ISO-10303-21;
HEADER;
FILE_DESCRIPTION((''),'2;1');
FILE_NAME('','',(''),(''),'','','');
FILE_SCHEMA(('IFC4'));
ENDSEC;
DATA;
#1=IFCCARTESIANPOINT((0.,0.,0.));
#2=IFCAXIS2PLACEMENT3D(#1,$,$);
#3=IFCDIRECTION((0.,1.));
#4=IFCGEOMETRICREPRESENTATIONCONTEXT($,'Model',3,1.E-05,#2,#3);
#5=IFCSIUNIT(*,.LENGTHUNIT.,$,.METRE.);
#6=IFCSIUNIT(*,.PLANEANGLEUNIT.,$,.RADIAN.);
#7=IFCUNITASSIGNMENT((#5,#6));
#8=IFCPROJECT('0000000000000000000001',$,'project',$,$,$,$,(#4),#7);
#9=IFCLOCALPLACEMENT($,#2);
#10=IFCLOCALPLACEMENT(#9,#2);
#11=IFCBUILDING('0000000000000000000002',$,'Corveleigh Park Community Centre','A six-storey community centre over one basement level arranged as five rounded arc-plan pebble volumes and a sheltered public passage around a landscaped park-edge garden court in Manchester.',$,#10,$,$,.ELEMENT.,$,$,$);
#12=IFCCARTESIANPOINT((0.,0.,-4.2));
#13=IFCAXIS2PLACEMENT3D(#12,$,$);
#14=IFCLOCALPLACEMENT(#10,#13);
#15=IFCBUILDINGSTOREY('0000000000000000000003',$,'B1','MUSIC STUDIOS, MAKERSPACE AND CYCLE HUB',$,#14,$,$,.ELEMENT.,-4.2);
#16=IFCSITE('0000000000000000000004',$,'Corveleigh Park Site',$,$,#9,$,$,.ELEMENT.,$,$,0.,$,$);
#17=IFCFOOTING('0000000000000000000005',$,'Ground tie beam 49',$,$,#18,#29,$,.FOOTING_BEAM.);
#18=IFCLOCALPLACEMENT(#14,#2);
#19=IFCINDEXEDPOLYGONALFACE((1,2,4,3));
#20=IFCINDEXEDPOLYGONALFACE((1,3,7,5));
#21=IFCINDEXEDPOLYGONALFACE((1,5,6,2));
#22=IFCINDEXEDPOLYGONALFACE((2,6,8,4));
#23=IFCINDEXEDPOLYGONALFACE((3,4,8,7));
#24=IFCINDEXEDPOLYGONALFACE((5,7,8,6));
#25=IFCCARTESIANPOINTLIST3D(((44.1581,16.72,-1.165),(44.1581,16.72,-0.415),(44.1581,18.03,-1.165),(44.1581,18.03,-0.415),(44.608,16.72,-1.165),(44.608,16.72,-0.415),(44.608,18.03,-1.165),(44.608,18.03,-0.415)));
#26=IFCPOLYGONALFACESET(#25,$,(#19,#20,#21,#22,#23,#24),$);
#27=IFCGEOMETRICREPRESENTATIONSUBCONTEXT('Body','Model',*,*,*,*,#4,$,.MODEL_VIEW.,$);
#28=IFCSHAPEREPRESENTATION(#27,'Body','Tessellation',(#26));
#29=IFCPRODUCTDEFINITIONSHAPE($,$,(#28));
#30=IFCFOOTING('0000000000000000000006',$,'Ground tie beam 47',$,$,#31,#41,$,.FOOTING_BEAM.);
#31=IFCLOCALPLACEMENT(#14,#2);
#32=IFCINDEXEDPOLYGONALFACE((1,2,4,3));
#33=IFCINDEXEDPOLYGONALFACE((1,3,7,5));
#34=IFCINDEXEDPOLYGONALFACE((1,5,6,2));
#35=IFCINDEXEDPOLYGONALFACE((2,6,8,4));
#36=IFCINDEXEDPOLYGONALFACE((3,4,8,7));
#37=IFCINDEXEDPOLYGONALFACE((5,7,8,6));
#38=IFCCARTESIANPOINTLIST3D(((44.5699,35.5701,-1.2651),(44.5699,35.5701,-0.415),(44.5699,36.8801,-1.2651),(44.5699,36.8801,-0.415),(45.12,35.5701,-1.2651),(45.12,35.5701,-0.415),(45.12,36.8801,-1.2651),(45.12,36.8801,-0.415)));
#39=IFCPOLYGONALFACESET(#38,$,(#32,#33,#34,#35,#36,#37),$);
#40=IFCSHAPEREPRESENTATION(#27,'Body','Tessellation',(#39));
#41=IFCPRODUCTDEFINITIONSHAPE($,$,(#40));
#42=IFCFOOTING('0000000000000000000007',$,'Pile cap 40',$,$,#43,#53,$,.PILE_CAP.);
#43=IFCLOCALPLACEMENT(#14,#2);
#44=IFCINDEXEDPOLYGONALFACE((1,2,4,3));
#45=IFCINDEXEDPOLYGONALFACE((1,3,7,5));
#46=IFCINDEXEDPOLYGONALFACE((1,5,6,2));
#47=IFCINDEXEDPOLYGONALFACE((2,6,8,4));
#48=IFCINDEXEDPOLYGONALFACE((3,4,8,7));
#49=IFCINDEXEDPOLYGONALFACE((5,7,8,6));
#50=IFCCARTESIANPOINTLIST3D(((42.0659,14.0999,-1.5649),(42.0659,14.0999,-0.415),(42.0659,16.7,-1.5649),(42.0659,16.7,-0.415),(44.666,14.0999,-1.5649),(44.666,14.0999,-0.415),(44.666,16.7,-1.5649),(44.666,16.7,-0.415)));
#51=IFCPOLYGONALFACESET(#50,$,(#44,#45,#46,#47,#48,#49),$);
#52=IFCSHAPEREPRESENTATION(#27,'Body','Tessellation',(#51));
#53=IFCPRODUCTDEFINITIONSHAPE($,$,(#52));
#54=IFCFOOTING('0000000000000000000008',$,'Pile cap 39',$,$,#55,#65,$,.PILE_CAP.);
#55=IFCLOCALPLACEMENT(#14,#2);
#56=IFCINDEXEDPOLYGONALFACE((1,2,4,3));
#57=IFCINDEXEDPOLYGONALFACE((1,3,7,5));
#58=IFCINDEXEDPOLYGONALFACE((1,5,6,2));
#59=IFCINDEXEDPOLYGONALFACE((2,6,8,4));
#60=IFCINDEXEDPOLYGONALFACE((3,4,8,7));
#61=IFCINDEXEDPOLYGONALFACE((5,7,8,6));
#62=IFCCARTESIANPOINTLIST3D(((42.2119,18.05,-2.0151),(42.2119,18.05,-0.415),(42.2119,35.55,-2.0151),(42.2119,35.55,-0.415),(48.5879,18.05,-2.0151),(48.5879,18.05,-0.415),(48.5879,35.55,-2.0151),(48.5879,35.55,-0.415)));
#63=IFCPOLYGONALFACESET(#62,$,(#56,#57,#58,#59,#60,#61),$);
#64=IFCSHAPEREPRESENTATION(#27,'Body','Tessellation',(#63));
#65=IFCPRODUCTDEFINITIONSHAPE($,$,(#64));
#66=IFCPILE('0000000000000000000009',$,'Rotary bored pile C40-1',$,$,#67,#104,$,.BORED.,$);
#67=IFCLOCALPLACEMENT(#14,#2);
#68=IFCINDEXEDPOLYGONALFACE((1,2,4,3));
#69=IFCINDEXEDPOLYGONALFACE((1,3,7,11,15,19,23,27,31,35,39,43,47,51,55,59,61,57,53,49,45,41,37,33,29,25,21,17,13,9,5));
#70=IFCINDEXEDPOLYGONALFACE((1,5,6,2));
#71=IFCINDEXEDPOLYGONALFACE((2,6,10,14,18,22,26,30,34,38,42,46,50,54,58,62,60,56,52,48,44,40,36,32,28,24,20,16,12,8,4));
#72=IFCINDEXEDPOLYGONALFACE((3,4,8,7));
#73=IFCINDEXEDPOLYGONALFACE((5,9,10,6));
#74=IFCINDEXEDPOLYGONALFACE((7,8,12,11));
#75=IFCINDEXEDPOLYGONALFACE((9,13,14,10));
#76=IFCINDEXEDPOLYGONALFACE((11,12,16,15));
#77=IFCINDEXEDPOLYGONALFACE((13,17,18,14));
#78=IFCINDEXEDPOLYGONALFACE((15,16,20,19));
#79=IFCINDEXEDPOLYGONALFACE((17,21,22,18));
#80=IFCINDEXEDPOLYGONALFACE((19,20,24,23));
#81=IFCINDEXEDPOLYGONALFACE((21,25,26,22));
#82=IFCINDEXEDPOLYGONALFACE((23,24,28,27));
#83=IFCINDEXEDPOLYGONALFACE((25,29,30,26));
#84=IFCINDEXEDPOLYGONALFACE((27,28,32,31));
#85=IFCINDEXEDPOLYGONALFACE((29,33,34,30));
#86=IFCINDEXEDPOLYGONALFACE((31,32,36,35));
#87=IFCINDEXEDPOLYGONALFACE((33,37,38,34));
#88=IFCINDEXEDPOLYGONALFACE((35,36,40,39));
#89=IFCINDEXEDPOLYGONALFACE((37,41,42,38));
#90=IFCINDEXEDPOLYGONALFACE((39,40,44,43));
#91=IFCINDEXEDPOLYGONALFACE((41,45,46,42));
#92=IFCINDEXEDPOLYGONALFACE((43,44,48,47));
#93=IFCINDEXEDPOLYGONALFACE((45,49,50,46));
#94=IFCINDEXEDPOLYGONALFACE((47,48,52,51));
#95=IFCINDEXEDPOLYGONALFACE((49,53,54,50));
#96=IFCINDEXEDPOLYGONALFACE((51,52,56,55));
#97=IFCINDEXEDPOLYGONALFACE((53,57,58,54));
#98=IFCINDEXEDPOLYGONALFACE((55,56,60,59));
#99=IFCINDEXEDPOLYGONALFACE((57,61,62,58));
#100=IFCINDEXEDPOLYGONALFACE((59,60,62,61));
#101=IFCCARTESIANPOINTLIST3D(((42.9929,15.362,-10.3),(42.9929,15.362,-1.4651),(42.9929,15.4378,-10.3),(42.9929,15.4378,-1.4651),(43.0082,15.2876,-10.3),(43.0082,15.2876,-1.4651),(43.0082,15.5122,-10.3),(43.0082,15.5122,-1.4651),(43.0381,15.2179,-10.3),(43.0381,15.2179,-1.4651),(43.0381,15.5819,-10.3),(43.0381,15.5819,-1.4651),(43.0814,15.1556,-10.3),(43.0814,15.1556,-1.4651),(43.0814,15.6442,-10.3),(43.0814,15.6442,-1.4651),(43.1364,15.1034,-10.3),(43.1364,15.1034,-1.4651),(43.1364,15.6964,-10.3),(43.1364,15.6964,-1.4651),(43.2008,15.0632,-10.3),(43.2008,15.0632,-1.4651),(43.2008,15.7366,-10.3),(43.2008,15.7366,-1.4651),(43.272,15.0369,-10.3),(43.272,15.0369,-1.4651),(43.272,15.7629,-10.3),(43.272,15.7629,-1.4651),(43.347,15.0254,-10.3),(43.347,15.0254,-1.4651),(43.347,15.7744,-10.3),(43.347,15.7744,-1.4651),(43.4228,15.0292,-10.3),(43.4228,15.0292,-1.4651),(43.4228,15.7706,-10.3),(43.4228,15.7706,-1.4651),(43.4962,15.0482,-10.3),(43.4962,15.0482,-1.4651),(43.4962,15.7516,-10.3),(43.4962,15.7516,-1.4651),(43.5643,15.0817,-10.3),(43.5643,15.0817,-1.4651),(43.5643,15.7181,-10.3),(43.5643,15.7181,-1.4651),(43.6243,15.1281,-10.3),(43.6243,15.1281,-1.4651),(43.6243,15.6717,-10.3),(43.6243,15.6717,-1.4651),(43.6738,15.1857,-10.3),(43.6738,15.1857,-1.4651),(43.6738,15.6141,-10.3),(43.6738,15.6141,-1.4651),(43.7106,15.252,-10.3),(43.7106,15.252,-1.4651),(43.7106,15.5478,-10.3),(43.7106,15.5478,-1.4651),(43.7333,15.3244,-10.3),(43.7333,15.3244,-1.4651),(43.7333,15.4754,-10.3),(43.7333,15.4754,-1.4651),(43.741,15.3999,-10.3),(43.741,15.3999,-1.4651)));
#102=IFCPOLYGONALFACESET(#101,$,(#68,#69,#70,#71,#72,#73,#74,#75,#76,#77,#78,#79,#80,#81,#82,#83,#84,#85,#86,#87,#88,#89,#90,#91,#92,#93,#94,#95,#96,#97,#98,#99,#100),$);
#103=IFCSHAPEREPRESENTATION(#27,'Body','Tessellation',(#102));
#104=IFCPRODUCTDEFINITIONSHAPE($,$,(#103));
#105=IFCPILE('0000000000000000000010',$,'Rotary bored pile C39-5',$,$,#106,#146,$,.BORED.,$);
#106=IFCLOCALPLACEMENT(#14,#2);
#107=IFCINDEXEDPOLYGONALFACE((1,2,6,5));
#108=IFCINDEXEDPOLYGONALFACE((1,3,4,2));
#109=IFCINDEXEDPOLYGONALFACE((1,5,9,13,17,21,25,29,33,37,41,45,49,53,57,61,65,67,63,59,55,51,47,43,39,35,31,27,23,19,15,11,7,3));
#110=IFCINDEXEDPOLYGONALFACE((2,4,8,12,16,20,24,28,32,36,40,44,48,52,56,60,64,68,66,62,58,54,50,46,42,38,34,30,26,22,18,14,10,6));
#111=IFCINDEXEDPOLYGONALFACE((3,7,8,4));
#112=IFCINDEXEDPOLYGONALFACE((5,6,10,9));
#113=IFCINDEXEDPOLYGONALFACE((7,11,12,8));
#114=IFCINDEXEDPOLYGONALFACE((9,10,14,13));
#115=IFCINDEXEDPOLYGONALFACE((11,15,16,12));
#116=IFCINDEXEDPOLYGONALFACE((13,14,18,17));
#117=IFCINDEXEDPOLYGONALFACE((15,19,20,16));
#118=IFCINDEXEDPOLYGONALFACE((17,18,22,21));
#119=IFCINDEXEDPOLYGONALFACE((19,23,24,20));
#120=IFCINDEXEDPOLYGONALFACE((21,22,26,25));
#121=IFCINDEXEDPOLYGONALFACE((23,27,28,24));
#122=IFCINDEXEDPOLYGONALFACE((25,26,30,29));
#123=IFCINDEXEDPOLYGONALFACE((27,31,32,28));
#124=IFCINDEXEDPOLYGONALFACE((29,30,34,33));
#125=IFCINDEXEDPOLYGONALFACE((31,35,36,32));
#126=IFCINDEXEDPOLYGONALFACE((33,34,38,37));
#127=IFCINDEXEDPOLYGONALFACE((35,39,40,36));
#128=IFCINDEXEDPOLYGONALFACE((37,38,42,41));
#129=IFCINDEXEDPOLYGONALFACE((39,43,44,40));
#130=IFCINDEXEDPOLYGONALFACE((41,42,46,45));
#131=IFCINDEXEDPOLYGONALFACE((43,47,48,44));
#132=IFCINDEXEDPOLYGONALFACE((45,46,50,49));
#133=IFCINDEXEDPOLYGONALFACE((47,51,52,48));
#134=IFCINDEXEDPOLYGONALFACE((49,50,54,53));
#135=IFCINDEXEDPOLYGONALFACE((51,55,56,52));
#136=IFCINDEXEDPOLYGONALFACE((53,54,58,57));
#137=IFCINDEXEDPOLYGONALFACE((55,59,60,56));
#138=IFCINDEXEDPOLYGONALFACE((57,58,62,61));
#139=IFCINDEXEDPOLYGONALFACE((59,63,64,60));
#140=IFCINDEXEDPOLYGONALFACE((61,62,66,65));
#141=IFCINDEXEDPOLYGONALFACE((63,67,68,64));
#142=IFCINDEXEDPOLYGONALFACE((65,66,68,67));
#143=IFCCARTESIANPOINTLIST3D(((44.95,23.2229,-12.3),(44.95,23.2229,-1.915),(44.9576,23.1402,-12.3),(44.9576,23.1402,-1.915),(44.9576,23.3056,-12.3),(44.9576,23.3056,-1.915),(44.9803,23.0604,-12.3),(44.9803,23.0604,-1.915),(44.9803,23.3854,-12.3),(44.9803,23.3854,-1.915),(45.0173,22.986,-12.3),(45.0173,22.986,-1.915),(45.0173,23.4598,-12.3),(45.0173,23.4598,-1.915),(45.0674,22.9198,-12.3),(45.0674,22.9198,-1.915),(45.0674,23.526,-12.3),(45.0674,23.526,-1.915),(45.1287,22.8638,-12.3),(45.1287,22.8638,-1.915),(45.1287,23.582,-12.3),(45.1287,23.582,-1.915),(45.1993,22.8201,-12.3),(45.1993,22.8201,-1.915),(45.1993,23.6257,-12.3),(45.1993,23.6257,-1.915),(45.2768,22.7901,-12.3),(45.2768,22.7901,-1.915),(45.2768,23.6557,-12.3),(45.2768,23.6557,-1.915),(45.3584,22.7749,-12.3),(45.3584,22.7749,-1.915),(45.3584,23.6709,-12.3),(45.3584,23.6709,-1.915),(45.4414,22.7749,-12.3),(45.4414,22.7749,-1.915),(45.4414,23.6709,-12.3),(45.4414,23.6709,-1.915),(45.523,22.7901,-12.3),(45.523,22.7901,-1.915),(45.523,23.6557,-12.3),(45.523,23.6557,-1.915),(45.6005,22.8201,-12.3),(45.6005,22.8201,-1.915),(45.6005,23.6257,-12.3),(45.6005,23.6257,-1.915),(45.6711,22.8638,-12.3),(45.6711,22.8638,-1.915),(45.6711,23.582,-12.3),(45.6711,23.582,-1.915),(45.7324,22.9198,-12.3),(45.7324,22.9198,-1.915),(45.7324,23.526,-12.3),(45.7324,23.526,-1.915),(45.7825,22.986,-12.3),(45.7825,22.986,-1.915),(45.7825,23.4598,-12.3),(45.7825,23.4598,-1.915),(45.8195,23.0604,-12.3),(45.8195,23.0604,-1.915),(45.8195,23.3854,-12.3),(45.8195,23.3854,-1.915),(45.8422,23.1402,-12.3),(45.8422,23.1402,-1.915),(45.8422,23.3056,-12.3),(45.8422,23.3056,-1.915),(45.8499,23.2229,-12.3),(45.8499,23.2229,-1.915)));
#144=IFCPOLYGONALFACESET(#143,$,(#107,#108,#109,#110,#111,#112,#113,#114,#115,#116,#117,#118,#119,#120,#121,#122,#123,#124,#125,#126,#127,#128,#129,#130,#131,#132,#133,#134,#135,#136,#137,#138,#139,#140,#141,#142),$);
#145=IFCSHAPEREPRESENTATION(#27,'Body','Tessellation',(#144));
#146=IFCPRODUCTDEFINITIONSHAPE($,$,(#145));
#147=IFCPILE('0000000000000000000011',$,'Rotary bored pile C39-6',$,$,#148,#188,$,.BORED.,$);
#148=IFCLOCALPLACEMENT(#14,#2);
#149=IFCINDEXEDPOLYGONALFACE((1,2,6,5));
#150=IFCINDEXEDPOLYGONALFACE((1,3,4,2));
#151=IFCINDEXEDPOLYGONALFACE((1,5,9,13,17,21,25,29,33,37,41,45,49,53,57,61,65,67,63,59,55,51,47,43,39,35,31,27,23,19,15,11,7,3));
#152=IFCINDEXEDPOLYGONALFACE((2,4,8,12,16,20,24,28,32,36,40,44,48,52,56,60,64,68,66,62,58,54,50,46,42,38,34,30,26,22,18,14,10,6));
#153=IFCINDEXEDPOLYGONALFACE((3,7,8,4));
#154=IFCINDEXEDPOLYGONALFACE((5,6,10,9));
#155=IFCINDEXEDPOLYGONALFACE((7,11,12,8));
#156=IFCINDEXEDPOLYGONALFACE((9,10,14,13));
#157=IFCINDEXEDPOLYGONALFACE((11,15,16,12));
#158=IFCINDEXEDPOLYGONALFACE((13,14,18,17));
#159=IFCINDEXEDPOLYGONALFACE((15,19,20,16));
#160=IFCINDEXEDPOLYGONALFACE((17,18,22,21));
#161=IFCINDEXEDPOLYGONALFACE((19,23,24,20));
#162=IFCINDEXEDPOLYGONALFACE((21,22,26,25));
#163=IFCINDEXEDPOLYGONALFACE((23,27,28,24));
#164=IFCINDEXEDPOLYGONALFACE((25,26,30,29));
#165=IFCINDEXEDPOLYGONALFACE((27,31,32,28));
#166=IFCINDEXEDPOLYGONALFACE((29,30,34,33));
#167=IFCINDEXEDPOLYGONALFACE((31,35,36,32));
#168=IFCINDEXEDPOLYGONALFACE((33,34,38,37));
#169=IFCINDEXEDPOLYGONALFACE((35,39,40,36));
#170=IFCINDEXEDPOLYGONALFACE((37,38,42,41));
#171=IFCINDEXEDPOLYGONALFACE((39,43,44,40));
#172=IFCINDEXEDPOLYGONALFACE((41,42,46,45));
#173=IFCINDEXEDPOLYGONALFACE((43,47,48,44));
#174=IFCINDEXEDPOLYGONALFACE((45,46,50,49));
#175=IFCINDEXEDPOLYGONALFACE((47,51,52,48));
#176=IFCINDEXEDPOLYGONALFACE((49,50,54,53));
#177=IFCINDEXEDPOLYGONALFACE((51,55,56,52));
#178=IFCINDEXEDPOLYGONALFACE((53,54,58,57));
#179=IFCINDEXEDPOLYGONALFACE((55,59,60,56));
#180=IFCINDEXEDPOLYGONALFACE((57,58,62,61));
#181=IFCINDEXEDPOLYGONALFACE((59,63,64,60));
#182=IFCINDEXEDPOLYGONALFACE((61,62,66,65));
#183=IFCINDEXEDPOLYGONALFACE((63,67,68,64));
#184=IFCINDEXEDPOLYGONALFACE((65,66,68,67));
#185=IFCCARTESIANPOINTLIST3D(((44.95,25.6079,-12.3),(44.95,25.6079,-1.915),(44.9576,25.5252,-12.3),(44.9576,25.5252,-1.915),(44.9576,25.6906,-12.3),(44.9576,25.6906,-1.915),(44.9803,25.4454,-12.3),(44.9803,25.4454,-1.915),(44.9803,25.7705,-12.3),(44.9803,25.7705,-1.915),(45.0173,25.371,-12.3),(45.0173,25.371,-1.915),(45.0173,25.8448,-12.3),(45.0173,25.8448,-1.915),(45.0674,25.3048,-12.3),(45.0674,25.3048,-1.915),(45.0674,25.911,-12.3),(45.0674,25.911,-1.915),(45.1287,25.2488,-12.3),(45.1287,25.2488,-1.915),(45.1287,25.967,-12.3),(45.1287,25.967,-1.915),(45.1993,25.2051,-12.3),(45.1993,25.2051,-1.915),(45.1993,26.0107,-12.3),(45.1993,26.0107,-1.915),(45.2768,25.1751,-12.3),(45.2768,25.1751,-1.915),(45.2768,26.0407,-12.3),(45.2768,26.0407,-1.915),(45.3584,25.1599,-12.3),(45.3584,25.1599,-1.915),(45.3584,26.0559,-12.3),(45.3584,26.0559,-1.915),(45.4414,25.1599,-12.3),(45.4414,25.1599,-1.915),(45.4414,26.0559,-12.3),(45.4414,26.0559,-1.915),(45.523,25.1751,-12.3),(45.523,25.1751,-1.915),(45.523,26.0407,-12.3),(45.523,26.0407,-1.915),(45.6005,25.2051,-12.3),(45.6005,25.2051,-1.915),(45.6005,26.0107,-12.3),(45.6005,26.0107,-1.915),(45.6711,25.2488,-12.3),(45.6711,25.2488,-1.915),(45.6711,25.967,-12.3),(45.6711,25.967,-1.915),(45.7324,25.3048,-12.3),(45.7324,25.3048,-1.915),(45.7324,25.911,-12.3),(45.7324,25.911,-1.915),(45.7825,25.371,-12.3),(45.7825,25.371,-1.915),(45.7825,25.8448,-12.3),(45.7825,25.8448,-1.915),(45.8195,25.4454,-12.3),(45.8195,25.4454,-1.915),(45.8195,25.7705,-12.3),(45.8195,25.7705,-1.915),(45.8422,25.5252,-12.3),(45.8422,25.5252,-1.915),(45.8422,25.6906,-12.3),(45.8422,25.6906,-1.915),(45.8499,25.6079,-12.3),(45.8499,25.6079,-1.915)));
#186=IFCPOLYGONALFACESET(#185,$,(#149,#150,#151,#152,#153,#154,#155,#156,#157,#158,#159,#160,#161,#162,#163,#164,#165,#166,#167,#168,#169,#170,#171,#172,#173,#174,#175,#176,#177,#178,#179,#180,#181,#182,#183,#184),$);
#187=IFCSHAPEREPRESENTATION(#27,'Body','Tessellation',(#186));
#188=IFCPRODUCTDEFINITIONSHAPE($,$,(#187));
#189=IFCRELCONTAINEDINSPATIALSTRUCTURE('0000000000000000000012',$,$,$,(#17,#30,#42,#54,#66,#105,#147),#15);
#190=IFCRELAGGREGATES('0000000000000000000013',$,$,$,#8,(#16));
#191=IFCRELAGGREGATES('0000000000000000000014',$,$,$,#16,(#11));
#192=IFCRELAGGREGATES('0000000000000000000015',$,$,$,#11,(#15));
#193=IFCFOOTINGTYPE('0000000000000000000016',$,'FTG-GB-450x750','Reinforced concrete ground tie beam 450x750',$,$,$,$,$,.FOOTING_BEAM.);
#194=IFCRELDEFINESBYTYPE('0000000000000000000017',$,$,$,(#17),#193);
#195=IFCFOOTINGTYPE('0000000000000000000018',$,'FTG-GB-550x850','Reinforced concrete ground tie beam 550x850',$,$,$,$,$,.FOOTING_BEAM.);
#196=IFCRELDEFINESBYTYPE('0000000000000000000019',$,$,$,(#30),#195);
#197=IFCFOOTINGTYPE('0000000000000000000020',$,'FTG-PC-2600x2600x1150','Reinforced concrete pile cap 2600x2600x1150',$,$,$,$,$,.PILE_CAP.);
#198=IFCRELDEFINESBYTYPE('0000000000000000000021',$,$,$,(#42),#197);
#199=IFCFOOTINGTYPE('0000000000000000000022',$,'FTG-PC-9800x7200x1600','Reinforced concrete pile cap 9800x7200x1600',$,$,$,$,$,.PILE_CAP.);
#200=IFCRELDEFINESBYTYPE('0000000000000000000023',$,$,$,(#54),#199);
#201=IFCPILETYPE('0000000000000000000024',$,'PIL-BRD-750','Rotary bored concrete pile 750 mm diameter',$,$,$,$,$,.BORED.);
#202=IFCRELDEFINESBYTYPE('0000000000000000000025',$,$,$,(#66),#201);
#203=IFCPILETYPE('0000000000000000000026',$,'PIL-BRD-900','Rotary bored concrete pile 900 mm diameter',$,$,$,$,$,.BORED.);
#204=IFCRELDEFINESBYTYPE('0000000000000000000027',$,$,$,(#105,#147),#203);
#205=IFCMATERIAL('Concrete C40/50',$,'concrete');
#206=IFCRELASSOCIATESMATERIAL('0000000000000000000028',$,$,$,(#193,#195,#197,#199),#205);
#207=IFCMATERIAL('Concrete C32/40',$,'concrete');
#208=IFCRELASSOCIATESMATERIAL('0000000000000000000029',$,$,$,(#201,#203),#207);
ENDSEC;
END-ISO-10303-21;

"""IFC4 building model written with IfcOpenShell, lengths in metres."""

from ifc_helpers import new_model, si_unit, direction, frame, origin, origin_2d, place, context, subcontext, project, spatial, rectangle, circle, extrude, material, material_profile, profile_set, type_object, element, save


model = new_model("IFC4")

# Units and contexts
model_context = context("Model", 3, precision=1e-05, world=origin(), true_north=direction((0.0, 1.0)))
body_context = subcontext(model_context, "Body", "Model", "MODEL_VIEW")
ifc_project = project(units=[si_unit("LENGTHUNIT", "METRE"), si_unit("PLANEANGLEUNIT", "RADIAN")], contexts=[model_context])

# Site, building, storey
site_placement = place(None, origin())
site = spatial("IfcSite", under=ifc_project, at=site_placement, Name="Corveleigh Park Site", CompositionType="ELEMENT", RefElevation=0.0)
building_placement = place(site_placement, origin())
building = spatial("IfcBuilding", under=site, at=building_placement, Name="Corveleigh Park Community Centre", Description="A six-storey community centre over one basement level arranged as five rounded arc-plan pebble volumes and a sheltered public passage around a landscaped park-edge garden court in Manchester.", CompositionType="ELEMENT")
storey_placement = place(building_placement, frame((0.0, 0.0, -4.2)))
storey = spatial("IfcBuildingStorey", under=building, at=storey_placement, Name="B1", Description="MUSIC STUDIOS, MAKERSPACE AND CYCLE HUB", CompositionType="ELEMENT", Elevation=-4.2)

# Footings
ifc_material_1 = material(Name="Concrete C40/50", Category="concrete")
footing_type_1 = type_object("IfcFootingType", Name="FTG-GB-450x750", Description="Reinforced concrete ground tie beam 450x750", PredefinedType="FOOTING_BEAM", material=ifc_material_1)
footing_1_placement = place(storey_placement, frame((44.3831, 17.375, -1.165), z_axis=(0.0, 0.0, 1.0), x_axis=(1.0, 0.0, 0.0)))
element("IfcFooting", 1, at=footing_1_placement, inside=storey, type_object=footing_type_1, Name="Ground tie beam 49", PredefinedType="FOOTING_BEAM", context=body_context, shape_type="SweptSolid", body=[
    extrude(rectangle(XDim=0.45, YDim=1.3101, at=origin_2d()), origin(), (0.0, 0.0, 1.0), 0.75),
])
footing_type_2 = type_object("IfcFootingType", Name="FTG-GB-550x850", Description="Reinforced concrete ground tie beam 550x850", PredefinedType="FOOTING_BEAM", material=ifc_material_1)
footing_2_placement = place(storey_placement, frame((44.845, 36.2251, -1.2651), z_axis=(0.0, 0.0, 1.0), x_axis=(1.0, 0.0, 0.0)))
element("IfcFooting", 2, at=footing_2_placement, inside=storey, type_object=footing_type_2, Name="Ground tie beam 47", PredefinedType="FOOTING_BEAM", context=body_context, shape_type="SweptSolid", body=[
    extrude(rectangle(XDim=0.55, YDim=1.3101, at=origin_2d()), origin(), (0.0, 0.0, 1.0), 0.8501),
])
footing_type_3 = type_object("IfcFootingType", Name="FTG-PC-2600x2600x1150", Description="Reinforced concrete pile cap 2600x2600x1150", PredefinedType="PILE_CAP", material=ifc_material_1)
footing_3_placement = place(storey_placement, frame((43.366, 15.3999, -1.5649), z_axis=(0.0, 0.0, 1.0), x_axis=(1.0, 0.0, 0.0)))
element("IfcFooting", 3, at=footing_3_placement, inside=storey, type_object=footing_type_3, Name="Pile cap 40", PredefinedType="PILE_CAP", context=body_context, shape_type="SweptSolid", body=[
    extrude(rectangle(XDim=2.6001, YDim=2.6001, at=origin_2d()), origin(), (0.0, 0.0, 1.0), 1.1499),
])
footing_type_4 = type_object("IfcFootingType", Name="FTG-PC-9800x7200x1600", Description="Reinforced concrete pile cap 9800x7200x1600", PredefinedType="PILE_CAP", material=ifc_material_1)
footing_4_placement = place(storey_placement, frame((45.3999, 26.8, -2.0151), z_axis=(0.0, 0.0, 1.0), x_axis=(1.0, 0.0, 0.0)))
element("IfcFooting", 4, at=footing_4_placement, inside=storey, type_object=footing_type_4, Name="Pile cap 39", PredefinedType="PILE_CAP", context=body_context, shape_type="SweptSolid", body=[
    extrude(rectangle(XDim=6.376, YDim=17.5, at=origin_2d()), origin(), (0.0, 0.0, 1.0), 1.6001),
])

# Piles
ifc_material_2 = material(Name="Concrete C32/40", Category="concrete")
ifc_material_profile_1 = material_profile(ifc_material_2, circle(Radius=0.375, at=origin_2d()), Name="BORED-PILE-750", Category="concrete")
ifc_profile_set_1 = profile_set([ifc_material_profile_1], Name="Concrete C32/40")
pile_type_1 = type_object("IfcPileType", Name="PIL-BRD-750", Description="Rotary bored concrete pile 750 mm diameter", PredefinedType="BORED", material=ifc_profile_set_1)
pile_placement = place(storey_placement, frame((43.366, 15.3999, -1.4651), z_axis=(0.0, 0.0, -1.0), x_axis=(1.0, 0.0, 0.0)))
element("IfcPile", 5, at=pile_placement, inside=storey, type_object=pile_type_1, Name="Rotary bored pile C40-1", PredefinedType="BORED", context=body_context, shape_type="SweptSolid", body=[
    extrude(circle(Radius=0.375, at=origin_2d()), origin(), (0.0, 0.0, 1.0), 8.835),
])
ifc_material_profile_2 = material_profile(ifc_material_2, circle(Radius=0.45, at=origin_2d()), Name="BORED-PILE-900", Category="concrete")
ifc_profile_set_2 = profile_set([ifc_material_profile_2], Name="Concrete C32/40")
pile_type_2 = type_object("IfcPileType", Name="PIL-BRD-900", Description="Rotary bored concrete pile 900 mm diameter", PredefinedType="BORED", material=ifc_profile_set_2)
for number, where, z_axis, x_axis, name in (
    (6, (45.3999, 23.2229, -1.915), (0.0, 0.0, -1.0), (1.0, 0.0, 0.0), "Rotary bored pile C39-5"),
    (7, (45.3999, 25.6079, -1.915), (0.0, 0.0, -1.0), (1.0, 0.0, 0.0), "Rotary bored pile C39-6"),
):
    element("IfcPile", number, at=place(storey_placement, frame(where, z_axis=z_axis, x_axis=x_axis)), inside=storey, type_object=pile_type_2, Name=name, PredefinedType="BORED", context=body_context, shape_type="SweptSolid", body=[
        extrude(circle(Radius=0.45, at=origin_2d()), origin(), (0.0, 0.0, 1.0), 10.385),
    ])

save(model, "model.ifc")
